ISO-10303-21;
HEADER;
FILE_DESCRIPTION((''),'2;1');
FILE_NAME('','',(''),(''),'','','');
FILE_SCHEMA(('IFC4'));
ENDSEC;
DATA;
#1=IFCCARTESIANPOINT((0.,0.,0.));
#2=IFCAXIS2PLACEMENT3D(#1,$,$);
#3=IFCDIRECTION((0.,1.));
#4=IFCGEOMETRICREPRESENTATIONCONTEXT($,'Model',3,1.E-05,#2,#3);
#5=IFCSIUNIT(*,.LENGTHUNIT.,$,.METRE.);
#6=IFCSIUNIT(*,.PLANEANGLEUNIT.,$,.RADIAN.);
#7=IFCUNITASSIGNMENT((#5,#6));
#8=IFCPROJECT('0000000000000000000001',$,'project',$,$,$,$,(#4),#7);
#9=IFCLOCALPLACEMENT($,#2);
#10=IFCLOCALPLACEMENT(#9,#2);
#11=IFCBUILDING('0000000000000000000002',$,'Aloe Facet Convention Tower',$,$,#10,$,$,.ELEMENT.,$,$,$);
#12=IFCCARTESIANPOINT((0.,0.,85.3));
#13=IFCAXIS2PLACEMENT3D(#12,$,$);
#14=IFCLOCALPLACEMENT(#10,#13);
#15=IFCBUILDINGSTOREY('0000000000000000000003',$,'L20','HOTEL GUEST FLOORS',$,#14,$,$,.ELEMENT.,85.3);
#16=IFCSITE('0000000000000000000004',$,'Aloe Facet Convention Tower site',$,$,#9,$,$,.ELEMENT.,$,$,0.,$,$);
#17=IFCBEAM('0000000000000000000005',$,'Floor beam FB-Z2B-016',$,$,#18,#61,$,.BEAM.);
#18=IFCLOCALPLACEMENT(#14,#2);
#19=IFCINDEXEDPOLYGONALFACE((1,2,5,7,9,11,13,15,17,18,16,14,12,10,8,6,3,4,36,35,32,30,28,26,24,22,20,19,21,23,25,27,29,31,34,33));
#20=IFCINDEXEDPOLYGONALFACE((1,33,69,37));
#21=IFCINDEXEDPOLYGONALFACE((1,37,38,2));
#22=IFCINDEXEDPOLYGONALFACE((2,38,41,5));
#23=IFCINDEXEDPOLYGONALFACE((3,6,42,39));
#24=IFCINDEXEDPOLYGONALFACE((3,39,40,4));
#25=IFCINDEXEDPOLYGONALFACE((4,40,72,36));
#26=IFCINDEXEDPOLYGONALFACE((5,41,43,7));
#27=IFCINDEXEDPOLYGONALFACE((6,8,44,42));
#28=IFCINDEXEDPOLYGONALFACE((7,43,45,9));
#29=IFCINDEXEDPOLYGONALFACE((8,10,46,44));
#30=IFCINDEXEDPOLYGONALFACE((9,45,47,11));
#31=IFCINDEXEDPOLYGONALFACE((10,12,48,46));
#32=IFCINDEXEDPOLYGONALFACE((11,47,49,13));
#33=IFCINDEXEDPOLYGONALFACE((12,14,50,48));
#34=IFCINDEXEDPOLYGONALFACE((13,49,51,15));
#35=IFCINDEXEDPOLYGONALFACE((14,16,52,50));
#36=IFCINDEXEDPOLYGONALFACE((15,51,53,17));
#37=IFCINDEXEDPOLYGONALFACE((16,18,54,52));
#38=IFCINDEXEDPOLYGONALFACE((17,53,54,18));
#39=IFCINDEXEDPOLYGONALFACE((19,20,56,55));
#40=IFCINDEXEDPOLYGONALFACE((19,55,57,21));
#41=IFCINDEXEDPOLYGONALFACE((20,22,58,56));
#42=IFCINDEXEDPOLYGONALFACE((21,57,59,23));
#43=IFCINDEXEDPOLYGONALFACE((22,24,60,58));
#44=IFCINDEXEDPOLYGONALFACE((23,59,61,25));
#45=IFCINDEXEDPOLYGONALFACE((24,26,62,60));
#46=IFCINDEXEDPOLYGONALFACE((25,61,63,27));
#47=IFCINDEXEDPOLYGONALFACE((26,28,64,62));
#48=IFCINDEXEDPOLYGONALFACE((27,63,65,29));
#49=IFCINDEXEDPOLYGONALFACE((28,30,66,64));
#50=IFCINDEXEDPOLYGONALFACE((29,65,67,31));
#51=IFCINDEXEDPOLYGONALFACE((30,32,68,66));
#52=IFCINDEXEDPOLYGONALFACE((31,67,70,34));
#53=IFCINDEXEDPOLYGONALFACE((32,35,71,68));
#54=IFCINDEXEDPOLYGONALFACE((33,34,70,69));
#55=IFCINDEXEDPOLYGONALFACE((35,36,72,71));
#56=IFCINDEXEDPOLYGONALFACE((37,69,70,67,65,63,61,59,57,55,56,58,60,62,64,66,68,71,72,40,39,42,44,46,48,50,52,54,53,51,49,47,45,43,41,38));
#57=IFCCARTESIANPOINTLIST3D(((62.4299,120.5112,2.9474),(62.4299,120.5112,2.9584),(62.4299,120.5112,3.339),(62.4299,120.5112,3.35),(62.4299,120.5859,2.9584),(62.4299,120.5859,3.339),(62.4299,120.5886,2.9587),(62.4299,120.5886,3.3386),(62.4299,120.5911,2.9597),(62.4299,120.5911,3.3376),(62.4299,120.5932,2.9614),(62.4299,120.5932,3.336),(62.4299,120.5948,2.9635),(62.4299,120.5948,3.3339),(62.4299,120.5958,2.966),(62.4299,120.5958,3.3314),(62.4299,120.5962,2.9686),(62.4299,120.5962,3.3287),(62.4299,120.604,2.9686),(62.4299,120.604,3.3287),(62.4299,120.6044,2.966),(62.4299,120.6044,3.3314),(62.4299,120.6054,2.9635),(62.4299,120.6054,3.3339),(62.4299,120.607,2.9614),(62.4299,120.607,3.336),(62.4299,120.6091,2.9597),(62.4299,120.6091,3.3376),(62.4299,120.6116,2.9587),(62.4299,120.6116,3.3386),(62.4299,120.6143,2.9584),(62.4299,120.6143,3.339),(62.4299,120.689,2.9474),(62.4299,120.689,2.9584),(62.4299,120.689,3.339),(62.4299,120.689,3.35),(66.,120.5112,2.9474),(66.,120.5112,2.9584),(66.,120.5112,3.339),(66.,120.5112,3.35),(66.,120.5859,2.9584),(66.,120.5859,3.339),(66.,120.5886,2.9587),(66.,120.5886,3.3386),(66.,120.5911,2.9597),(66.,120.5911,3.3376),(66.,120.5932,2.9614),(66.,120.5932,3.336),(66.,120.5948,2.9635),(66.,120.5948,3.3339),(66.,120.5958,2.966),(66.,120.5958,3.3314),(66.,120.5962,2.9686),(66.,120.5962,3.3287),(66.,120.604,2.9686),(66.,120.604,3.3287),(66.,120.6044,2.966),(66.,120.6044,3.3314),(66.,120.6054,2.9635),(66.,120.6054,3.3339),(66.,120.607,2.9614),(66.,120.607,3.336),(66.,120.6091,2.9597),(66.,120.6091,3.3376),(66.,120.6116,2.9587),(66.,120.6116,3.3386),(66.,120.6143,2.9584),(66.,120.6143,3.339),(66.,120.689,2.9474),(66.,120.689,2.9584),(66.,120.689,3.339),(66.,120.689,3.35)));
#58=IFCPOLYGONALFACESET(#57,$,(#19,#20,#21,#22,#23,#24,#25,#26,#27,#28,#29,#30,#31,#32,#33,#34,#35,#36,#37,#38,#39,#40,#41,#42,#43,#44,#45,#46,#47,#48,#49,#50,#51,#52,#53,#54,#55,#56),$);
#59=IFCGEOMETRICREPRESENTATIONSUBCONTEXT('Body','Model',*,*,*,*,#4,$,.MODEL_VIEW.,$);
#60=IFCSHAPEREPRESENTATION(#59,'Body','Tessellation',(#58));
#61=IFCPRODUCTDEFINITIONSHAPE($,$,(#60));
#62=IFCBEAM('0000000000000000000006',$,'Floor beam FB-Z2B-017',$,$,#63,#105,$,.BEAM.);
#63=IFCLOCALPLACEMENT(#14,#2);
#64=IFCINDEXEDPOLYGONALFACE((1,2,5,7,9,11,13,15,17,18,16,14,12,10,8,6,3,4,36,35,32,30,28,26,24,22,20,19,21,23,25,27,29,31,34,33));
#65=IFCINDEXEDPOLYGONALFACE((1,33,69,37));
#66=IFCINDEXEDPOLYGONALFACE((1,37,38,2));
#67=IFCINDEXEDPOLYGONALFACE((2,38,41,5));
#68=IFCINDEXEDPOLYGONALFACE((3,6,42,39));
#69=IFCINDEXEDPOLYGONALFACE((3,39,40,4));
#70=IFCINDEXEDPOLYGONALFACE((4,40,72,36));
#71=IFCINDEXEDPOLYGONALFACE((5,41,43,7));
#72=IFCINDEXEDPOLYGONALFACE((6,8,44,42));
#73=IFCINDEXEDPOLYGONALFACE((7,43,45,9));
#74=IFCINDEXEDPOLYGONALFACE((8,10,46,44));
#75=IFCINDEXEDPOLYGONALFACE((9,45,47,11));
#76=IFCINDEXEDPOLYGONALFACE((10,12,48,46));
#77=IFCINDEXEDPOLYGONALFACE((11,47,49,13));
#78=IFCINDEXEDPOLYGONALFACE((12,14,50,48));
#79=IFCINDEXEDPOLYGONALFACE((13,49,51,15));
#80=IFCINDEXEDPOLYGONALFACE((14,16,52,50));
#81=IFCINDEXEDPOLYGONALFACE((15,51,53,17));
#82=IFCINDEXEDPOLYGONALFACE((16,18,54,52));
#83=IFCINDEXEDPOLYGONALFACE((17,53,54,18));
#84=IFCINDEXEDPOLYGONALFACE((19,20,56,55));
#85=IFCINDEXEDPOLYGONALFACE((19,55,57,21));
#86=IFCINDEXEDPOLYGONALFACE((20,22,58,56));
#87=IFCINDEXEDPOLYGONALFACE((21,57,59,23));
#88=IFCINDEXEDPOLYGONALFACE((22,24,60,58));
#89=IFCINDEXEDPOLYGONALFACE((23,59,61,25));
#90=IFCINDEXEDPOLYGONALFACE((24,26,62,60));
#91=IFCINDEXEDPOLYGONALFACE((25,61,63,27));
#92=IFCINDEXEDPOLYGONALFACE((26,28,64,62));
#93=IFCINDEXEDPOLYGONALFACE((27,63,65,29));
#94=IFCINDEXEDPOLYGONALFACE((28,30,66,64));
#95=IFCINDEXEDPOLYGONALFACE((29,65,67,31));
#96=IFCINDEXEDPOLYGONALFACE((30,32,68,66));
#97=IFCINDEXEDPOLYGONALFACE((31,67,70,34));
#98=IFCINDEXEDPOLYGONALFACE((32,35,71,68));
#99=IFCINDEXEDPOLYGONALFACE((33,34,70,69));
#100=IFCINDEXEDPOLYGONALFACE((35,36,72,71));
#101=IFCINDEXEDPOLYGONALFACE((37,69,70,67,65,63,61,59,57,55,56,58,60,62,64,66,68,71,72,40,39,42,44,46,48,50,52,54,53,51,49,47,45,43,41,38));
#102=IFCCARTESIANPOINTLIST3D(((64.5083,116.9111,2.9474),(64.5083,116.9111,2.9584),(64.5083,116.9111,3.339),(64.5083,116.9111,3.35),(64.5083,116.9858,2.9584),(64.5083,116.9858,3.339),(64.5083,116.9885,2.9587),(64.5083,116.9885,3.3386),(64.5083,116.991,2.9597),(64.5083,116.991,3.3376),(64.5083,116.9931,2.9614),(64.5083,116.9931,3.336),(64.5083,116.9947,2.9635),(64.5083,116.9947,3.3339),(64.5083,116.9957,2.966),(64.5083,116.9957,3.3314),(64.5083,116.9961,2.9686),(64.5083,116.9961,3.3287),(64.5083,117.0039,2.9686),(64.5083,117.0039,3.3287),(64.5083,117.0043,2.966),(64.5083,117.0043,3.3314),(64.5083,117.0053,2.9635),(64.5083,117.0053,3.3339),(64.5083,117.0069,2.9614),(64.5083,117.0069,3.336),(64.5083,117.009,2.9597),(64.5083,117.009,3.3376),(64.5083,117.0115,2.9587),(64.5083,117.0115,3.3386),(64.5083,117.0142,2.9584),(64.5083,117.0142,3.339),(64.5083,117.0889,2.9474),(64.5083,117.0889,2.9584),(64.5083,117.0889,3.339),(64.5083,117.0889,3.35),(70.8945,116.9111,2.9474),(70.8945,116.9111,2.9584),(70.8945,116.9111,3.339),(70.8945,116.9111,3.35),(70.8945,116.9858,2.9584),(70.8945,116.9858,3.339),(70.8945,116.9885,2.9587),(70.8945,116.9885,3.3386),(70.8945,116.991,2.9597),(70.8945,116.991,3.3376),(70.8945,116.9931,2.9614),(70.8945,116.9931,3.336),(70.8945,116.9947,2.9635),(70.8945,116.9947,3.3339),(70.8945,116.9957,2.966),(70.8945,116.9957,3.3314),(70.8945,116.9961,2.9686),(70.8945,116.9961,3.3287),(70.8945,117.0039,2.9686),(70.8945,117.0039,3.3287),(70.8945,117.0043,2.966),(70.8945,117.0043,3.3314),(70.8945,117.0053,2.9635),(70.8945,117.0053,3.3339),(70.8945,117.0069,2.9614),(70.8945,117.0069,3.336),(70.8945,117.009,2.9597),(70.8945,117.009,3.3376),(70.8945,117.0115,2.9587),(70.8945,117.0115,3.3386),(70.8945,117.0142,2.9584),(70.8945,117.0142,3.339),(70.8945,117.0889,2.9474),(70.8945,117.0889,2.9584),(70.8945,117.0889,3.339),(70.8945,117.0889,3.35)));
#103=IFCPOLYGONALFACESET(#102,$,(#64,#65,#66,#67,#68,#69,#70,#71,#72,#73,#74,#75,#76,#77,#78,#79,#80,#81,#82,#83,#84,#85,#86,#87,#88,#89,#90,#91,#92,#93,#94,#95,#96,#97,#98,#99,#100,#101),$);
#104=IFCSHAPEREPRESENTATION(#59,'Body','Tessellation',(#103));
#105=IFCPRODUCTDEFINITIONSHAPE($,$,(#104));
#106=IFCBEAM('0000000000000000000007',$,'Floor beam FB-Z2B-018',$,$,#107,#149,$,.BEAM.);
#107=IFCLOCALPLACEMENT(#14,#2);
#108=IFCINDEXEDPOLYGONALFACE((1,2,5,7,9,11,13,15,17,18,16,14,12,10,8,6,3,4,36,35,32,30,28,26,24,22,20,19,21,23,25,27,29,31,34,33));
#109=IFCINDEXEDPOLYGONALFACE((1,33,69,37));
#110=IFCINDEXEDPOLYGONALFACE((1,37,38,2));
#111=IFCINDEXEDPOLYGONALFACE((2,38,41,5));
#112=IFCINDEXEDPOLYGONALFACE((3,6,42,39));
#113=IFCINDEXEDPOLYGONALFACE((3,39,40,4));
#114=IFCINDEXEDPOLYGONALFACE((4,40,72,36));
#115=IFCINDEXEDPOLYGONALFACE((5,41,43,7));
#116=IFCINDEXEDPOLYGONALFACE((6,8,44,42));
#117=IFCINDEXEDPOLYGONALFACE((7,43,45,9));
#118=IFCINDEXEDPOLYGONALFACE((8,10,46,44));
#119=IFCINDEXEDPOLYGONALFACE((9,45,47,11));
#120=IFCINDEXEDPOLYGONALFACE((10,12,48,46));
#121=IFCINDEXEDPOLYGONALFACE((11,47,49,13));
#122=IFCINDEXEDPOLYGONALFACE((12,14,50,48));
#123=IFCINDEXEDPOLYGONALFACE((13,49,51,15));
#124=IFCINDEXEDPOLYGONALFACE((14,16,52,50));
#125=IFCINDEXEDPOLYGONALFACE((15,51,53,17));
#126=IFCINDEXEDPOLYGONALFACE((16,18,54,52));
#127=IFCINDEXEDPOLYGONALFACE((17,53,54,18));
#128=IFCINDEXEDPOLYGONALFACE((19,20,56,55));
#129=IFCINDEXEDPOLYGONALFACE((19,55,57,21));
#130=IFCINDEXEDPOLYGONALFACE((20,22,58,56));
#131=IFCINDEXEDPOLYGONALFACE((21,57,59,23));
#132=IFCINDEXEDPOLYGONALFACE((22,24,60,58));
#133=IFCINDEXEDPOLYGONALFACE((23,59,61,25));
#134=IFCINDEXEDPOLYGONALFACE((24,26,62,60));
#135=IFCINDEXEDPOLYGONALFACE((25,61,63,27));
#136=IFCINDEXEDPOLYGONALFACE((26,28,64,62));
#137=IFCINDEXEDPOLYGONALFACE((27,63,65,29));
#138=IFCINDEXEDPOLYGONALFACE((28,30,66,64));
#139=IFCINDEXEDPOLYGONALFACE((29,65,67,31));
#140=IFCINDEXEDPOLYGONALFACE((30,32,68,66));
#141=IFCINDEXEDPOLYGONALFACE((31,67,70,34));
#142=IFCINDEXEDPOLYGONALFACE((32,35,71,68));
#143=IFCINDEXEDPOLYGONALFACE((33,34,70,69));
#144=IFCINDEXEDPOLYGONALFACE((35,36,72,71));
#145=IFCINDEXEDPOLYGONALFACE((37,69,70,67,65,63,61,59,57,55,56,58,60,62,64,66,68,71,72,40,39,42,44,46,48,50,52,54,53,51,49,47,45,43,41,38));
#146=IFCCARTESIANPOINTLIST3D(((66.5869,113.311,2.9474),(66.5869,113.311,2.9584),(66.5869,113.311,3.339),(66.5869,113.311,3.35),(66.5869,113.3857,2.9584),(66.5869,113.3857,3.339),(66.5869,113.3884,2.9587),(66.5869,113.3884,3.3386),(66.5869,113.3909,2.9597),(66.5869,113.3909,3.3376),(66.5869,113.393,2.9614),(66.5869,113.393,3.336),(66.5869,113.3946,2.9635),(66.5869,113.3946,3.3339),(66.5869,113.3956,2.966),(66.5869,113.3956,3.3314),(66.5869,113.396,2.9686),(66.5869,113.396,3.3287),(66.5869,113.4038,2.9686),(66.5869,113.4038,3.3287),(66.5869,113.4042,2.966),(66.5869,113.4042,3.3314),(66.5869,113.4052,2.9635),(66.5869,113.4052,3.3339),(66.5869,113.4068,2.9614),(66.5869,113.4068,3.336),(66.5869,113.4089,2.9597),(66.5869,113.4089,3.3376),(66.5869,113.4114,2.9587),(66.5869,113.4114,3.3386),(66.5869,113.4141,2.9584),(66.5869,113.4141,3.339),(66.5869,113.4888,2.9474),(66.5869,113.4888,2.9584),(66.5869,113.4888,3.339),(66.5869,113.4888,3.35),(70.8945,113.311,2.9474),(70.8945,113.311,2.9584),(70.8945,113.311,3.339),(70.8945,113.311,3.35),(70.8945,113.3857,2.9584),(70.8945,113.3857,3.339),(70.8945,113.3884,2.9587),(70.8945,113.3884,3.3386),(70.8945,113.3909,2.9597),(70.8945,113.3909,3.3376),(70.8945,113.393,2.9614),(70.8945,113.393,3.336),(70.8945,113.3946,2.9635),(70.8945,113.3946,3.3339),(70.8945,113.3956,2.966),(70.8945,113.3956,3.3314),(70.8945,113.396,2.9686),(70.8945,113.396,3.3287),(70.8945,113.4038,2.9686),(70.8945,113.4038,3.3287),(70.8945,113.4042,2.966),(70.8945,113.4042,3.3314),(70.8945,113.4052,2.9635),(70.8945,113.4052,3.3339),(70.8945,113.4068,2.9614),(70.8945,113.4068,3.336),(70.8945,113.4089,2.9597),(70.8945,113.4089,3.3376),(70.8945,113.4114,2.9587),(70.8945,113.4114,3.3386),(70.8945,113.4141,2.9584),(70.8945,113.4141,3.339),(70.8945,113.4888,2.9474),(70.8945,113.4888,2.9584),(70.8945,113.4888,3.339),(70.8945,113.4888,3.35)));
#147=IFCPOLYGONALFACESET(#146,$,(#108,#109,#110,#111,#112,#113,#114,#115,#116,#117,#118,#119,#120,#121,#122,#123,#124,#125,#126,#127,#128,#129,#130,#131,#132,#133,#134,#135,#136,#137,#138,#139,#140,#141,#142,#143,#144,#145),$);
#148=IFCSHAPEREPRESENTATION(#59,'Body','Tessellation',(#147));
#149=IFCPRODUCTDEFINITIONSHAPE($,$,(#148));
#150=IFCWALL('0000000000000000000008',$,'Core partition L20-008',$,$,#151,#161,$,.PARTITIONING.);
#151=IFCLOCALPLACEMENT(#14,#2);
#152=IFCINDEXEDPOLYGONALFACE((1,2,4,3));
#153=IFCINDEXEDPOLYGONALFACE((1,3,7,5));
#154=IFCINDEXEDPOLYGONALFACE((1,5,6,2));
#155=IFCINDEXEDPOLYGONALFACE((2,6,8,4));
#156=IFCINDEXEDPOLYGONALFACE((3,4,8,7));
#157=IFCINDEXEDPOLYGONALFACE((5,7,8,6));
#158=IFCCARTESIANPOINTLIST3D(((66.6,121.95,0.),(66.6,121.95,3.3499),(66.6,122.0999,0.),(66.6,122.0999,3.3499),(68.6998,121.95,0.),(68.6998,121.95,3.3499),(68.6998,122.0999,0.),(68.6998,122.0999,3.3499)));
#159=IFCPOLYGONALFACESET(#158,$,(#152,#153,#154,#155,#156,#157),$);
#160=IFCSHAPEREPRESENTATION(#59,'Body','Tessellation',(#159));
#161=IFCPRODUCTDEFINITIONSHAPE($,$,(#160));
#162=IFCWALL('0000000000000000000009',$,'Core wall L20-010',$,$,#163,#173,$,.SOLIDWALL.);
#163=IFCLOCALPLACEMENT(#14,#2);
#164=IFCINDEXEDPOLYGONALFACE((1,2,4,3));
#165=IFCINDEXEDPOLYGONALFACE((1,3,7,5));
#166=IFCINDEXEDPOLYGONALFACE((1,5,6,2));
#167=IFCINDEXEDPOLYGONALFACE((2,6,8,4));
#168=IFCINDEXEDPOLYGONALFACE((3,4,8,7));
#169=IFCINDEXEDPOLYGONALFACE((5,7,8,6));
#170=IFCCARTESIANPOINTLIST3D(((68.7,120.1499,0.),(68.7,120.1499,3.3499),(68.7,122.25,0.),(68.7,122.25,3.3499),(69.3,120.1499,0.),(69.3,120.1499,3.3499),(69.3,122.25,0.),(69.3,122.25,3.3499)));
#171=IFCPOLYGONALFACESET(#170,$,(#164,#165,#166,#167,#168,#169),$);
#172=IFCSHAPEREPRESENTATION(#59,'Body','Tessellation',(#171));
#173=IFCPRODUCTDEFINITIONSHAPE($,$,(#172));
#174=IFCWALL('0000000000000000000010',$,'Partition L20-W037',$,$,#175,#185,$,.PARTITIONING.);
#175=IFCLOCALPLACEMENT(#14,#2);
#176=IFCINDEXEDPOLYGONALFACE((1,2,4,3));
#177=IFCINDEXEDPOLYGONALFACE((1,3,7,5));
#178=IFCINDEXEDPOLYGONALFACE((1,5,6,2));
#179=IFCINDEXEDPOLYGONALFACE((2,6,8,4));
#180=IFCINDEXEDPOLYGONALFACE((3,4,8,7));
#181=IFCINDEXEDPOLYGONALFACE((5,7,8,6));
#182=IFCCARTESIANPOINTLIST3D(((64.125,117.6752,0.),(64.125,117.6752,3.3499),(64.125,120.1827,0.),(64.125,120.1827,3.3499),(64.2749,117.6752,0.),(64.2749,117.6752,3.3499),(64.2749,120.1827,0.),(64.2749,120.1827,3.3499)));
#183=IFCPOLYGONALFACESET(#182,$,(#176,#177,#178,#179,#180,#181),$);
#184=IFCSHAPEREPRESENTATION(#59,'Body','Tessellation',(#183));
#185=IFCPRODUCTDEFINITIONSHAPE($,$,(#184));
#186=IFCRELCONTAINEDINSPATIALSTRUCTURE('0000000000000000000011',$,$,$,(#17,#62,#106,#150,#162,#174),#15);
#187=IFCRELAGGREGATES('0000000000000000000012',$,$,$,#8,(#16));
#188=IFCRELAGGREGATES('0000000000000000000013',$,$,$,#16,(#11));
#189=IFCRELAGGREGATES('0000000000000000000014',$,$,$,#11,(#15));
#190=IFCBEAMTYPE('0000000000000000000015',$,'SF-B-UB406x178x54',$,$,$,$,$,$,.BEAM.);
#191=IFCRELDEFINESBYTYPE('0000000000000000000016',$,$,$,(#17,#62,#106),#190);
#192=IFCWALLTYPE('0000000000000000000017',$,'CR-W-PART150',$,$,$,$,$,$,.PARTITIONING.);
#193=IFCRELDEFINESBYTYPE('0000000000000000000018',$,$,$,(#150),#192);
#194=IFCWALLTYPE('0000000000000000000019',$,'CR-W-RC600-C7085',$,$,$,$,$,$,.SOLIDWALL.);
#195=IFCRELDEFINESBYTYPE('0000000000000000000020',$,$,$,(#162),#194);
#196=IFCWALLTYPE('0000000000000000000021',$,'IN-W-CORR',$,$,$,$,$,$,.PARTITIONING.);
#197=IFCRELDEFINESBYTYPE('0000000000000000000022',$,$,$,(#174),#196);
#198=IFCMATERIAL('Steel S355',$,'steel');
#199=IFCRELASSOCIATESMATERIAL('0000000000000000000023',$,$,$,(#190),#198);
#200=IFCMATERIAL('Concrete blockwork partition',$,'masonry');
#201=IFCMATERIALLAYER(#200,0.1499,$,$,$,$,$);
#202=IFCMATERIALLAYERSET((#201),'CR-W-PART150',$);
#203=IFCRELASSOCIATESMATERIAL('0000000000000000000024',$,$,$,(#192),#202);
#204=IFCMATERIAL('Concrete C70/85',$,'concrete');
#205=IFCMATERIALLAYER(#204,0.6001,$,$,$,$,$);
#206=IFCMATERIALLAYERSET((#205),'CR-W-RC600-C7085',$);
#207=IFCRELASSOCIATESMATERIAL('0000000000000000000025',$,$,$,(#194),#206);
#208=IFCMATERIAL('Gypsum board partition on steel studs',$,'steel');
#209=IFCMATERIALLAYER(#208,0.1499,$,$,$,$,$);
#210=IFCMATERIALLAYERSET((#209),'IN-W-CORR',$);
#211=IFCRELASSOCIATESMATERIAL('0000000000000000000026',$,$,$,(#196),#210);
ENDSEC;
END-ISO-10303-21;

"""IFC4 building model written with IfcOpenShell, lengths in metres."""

from ifc_helpers import new_model, si_unit, direction, frame, frame_2d, origin, origin_2d, place, context, subcontext, project, spatial, rectangle, i_section, extrude, material, layer, layer_set, material_profile, profile_set, type_object, element, save


model = new_model("IFC4")

# Units and contexts
model_context = context("Model", 3, precision=1e-05, world=origin(), true_north=direction((0.0, 1.0)))
body_context = subcontext(model_context, "Body", "Model", "MODEL_VIEW")
ifc_project = project(units=[si_unit("LENGTHUNIT", "METRE"), si_unit("PLANEANGLEUNIT", "RADIAN")], contexts=[model_context])

# Site, building, storey
site_placement = place(None, origin())
site = spatial("IfcSite", under=ifc_project, at=site_placement, Name="Aloe Facet Convention Tower site", CompositionType="ELEMENT", RefElevation=0.0)
building_placement = place(site_placement, origin())
building = spatial("IfcBuilding", under=site, at=building_placement, Name="Aloe Facet Convention Tower", CompositionType="ELEMENT")
storey_placement = place(building_placement, frame((0.0, 0.0, 85.3)))
storey = spatial("IfcBuildingStorey", under=building, at=storey_placement, Name="L20", Description="HOTEL GUEST FLOORS", CompositionType="ELEMENT", Elevation=85.3)

# Beams
ifc_material_1 = material(Name="Steel S355", Category="steel")
ifc_material_profile = material_profile(ifc_material_1, i_section(OverallWidth=0.1777, OverallDepth=0.4026, WebThickness=0.0078, FlangeThickness=0.011, FilletRadius=0.0103, at=origin_2d()), Name="UB 406x178x54")
ifc_profile_set = profile_set([ifc_material_profile], Name="Steel S355")
beam_type = type_object("IfcBeamType", Name="SF-B-UB406x178x54", PredefinedType="BEAM", material=ifc_profile_set)
beam_1_placement = place(storey_placement, frame((62.4299, 120.6001, 3.1487), z_axis=(1.0, 0.0, 0.0), x_axis=(0.0, 1.0, 0.0)))
element("IfcBeam", 1, at=beam_1_placement, inside=storey, type_object=beam_type, Name="Floor beam FB-Z2B-016", PredefinedType="BEAM", context=body_context, shape_type="SweptSolid", body=[
    extrude(i_section(OverallWidth=0.1777, OverallDepth=0.4026, WebThickness=0.0078, FlangeThickness=0.011, FilletRadius=0.0103, at=origin_2d()), origin(), (0.0, 0.0, 1.0), 3.5701),
])
beam_2_placement = place(storey_placement, frame((64.5083, 117.0, 3.1487), z_axis=(1.0, 0.0, 0.0), x_axis=(0.0, 1.0, 0.0)))
element("IfcBeam", 2, at=beam_2_placement, inside=storey, type_object=beam_type, Name="Floor beam FB-Z2B-017", PredefinedType="BEAM", context=body_context, shape_type="SweptSolid", body=[
    extrude(i_section(OverallWidth=0.1777, OverallDepth=0.4026, WebThickness=0.0078, FlangeThickness=0.011, FilletRadius=0.0103, at=origin_2d()), origin(), (0.0, 0.0, 1.0), 6.3862),
])
beam_3_placement = place(storey_placement, frame((66.5869, 113.3999, 3.1487), z_axis=(1.0, 0.0, 0.0), x_axis=(0.0, 1.0, 0.0)))
element("IfcBeam", 3, at=beam_3_placement, inside=storey, type_object=beam_type, Name="Floor beam FB-Z2B-018", PredefinedType="BEAM", context=body_context, shape_type="SweptSolid", body=[
    extrude(i_section(OverallWidth=0.1777, OverallDepth=0.4026, WebThickness=0.0078, FlangeThickness=0.011, FilletRadius=0.0103, at=origin_2d()), origin(), (0.0, 0.0, 1.0), 4.3076),
])

# Wall
ifc_material_2 = material(Name="Concrete blockwork partition", Category="masonry")
ifc_layer_1 = layer(ifc_material_2, 0.1499)
ifc_layer_set_1 = layer_set([ifc_layer_1], Name="CR-W-PART150")
wall_type_1 = type_object("IfcWallType", Name="CR-W-PART150", PredefinedType="PARTITIONING", material=ifc_layer_set_1)
wall_1_placement = place(storey_placement, frame((66.6001, 122.0249, 0.0), z_axis=(0.0, 0.0, 1.0), x_axis=(1.0, 0.0, 0.0)))
element("IfcWall", 4, at=wall_1_placement, inside=storey, type_object=wall_type_1, Name="Core partition L20-008", PredefinedType="PARTITIONING", context=body_context, shape_type="SweptSolid", body=[
    extrude(rectangle(XDim=2.0999, YDim=0.1499, at=frame_2d((1.0498, 0.0))), origin(), (0.0, 0.0, 1.0), 3.3499),
])

# Shared definitions
ifc_material_3 = material(Name="Concrete C70/85", Category="concrete")
ifc_layer_2 = layer(ifc_material_3, 0.6001)
ifc_layer_set_2 = layer_set([ifc_layer_2], Name="CR-W-RC600-C7085")
wall_type_2 = type_object("IfcWallType", Name="CR-W-RC600-C7085", PredefinedType="SOLIDWALL", material=ifc_layer_set_2)

# Walls
wall_2_placement = place(storey_placement, frame((69.0, 122.25, 0.0), z_axis=(0.0, 0.0, 1.0), x_axis=(0.0, -1.0, 0.0)))
element("IfcWall", 5, at=wall_2_placement, inside=storey, type_object=wall_type_2, Name="Core wall L20-010", PredefinedType="SOLIDWALL", context=body_context, shape_type="SweptSolid", body=[
    extrude(rectangle(XDim=2.1001, YDim=0.6001, at=frame_2d((1.05, 0.0))), origin(), (0.0, 0.0, 1.0), 3.3499),
])
ifc_material_4 = material(Name="Gypsum board partition on steel studs", Category="steel")
ifc_layer_3 = layer(ifc_material_4, 0.1499)
ifc_layer_set_3 = layer_set([ifc_layer_3], Name="IN-W-CORR")
wall_type_3 = type_object("IfcWallType", Name="IN-W-CORR", PredefinedType="PARTITIONING", material=ifc_layer_set_3)
wall_3_placement = place(storey_placement, frame((64.2, 117.675, 0.0), z_axis=(0.0, 0.0, 1.0), x_axis=(0.0, 1.0, 0.0)))
element("IfcWall", 6, at=wall_3_placement, inside=storey, type_object=wall_type_3, Name="Partition L20-W037", PredefinedType="PARTITIONING", context=body_context, shape_type="SweptSolid", body=[
    extrude(rectangle(XDim=2.5076, YDim=0.1499, at=frame_2d((1.2539, 0.0))), origin(), (0.0, 0.0, 1.0), 3.3499),
])

save(model, "model.ifc")
